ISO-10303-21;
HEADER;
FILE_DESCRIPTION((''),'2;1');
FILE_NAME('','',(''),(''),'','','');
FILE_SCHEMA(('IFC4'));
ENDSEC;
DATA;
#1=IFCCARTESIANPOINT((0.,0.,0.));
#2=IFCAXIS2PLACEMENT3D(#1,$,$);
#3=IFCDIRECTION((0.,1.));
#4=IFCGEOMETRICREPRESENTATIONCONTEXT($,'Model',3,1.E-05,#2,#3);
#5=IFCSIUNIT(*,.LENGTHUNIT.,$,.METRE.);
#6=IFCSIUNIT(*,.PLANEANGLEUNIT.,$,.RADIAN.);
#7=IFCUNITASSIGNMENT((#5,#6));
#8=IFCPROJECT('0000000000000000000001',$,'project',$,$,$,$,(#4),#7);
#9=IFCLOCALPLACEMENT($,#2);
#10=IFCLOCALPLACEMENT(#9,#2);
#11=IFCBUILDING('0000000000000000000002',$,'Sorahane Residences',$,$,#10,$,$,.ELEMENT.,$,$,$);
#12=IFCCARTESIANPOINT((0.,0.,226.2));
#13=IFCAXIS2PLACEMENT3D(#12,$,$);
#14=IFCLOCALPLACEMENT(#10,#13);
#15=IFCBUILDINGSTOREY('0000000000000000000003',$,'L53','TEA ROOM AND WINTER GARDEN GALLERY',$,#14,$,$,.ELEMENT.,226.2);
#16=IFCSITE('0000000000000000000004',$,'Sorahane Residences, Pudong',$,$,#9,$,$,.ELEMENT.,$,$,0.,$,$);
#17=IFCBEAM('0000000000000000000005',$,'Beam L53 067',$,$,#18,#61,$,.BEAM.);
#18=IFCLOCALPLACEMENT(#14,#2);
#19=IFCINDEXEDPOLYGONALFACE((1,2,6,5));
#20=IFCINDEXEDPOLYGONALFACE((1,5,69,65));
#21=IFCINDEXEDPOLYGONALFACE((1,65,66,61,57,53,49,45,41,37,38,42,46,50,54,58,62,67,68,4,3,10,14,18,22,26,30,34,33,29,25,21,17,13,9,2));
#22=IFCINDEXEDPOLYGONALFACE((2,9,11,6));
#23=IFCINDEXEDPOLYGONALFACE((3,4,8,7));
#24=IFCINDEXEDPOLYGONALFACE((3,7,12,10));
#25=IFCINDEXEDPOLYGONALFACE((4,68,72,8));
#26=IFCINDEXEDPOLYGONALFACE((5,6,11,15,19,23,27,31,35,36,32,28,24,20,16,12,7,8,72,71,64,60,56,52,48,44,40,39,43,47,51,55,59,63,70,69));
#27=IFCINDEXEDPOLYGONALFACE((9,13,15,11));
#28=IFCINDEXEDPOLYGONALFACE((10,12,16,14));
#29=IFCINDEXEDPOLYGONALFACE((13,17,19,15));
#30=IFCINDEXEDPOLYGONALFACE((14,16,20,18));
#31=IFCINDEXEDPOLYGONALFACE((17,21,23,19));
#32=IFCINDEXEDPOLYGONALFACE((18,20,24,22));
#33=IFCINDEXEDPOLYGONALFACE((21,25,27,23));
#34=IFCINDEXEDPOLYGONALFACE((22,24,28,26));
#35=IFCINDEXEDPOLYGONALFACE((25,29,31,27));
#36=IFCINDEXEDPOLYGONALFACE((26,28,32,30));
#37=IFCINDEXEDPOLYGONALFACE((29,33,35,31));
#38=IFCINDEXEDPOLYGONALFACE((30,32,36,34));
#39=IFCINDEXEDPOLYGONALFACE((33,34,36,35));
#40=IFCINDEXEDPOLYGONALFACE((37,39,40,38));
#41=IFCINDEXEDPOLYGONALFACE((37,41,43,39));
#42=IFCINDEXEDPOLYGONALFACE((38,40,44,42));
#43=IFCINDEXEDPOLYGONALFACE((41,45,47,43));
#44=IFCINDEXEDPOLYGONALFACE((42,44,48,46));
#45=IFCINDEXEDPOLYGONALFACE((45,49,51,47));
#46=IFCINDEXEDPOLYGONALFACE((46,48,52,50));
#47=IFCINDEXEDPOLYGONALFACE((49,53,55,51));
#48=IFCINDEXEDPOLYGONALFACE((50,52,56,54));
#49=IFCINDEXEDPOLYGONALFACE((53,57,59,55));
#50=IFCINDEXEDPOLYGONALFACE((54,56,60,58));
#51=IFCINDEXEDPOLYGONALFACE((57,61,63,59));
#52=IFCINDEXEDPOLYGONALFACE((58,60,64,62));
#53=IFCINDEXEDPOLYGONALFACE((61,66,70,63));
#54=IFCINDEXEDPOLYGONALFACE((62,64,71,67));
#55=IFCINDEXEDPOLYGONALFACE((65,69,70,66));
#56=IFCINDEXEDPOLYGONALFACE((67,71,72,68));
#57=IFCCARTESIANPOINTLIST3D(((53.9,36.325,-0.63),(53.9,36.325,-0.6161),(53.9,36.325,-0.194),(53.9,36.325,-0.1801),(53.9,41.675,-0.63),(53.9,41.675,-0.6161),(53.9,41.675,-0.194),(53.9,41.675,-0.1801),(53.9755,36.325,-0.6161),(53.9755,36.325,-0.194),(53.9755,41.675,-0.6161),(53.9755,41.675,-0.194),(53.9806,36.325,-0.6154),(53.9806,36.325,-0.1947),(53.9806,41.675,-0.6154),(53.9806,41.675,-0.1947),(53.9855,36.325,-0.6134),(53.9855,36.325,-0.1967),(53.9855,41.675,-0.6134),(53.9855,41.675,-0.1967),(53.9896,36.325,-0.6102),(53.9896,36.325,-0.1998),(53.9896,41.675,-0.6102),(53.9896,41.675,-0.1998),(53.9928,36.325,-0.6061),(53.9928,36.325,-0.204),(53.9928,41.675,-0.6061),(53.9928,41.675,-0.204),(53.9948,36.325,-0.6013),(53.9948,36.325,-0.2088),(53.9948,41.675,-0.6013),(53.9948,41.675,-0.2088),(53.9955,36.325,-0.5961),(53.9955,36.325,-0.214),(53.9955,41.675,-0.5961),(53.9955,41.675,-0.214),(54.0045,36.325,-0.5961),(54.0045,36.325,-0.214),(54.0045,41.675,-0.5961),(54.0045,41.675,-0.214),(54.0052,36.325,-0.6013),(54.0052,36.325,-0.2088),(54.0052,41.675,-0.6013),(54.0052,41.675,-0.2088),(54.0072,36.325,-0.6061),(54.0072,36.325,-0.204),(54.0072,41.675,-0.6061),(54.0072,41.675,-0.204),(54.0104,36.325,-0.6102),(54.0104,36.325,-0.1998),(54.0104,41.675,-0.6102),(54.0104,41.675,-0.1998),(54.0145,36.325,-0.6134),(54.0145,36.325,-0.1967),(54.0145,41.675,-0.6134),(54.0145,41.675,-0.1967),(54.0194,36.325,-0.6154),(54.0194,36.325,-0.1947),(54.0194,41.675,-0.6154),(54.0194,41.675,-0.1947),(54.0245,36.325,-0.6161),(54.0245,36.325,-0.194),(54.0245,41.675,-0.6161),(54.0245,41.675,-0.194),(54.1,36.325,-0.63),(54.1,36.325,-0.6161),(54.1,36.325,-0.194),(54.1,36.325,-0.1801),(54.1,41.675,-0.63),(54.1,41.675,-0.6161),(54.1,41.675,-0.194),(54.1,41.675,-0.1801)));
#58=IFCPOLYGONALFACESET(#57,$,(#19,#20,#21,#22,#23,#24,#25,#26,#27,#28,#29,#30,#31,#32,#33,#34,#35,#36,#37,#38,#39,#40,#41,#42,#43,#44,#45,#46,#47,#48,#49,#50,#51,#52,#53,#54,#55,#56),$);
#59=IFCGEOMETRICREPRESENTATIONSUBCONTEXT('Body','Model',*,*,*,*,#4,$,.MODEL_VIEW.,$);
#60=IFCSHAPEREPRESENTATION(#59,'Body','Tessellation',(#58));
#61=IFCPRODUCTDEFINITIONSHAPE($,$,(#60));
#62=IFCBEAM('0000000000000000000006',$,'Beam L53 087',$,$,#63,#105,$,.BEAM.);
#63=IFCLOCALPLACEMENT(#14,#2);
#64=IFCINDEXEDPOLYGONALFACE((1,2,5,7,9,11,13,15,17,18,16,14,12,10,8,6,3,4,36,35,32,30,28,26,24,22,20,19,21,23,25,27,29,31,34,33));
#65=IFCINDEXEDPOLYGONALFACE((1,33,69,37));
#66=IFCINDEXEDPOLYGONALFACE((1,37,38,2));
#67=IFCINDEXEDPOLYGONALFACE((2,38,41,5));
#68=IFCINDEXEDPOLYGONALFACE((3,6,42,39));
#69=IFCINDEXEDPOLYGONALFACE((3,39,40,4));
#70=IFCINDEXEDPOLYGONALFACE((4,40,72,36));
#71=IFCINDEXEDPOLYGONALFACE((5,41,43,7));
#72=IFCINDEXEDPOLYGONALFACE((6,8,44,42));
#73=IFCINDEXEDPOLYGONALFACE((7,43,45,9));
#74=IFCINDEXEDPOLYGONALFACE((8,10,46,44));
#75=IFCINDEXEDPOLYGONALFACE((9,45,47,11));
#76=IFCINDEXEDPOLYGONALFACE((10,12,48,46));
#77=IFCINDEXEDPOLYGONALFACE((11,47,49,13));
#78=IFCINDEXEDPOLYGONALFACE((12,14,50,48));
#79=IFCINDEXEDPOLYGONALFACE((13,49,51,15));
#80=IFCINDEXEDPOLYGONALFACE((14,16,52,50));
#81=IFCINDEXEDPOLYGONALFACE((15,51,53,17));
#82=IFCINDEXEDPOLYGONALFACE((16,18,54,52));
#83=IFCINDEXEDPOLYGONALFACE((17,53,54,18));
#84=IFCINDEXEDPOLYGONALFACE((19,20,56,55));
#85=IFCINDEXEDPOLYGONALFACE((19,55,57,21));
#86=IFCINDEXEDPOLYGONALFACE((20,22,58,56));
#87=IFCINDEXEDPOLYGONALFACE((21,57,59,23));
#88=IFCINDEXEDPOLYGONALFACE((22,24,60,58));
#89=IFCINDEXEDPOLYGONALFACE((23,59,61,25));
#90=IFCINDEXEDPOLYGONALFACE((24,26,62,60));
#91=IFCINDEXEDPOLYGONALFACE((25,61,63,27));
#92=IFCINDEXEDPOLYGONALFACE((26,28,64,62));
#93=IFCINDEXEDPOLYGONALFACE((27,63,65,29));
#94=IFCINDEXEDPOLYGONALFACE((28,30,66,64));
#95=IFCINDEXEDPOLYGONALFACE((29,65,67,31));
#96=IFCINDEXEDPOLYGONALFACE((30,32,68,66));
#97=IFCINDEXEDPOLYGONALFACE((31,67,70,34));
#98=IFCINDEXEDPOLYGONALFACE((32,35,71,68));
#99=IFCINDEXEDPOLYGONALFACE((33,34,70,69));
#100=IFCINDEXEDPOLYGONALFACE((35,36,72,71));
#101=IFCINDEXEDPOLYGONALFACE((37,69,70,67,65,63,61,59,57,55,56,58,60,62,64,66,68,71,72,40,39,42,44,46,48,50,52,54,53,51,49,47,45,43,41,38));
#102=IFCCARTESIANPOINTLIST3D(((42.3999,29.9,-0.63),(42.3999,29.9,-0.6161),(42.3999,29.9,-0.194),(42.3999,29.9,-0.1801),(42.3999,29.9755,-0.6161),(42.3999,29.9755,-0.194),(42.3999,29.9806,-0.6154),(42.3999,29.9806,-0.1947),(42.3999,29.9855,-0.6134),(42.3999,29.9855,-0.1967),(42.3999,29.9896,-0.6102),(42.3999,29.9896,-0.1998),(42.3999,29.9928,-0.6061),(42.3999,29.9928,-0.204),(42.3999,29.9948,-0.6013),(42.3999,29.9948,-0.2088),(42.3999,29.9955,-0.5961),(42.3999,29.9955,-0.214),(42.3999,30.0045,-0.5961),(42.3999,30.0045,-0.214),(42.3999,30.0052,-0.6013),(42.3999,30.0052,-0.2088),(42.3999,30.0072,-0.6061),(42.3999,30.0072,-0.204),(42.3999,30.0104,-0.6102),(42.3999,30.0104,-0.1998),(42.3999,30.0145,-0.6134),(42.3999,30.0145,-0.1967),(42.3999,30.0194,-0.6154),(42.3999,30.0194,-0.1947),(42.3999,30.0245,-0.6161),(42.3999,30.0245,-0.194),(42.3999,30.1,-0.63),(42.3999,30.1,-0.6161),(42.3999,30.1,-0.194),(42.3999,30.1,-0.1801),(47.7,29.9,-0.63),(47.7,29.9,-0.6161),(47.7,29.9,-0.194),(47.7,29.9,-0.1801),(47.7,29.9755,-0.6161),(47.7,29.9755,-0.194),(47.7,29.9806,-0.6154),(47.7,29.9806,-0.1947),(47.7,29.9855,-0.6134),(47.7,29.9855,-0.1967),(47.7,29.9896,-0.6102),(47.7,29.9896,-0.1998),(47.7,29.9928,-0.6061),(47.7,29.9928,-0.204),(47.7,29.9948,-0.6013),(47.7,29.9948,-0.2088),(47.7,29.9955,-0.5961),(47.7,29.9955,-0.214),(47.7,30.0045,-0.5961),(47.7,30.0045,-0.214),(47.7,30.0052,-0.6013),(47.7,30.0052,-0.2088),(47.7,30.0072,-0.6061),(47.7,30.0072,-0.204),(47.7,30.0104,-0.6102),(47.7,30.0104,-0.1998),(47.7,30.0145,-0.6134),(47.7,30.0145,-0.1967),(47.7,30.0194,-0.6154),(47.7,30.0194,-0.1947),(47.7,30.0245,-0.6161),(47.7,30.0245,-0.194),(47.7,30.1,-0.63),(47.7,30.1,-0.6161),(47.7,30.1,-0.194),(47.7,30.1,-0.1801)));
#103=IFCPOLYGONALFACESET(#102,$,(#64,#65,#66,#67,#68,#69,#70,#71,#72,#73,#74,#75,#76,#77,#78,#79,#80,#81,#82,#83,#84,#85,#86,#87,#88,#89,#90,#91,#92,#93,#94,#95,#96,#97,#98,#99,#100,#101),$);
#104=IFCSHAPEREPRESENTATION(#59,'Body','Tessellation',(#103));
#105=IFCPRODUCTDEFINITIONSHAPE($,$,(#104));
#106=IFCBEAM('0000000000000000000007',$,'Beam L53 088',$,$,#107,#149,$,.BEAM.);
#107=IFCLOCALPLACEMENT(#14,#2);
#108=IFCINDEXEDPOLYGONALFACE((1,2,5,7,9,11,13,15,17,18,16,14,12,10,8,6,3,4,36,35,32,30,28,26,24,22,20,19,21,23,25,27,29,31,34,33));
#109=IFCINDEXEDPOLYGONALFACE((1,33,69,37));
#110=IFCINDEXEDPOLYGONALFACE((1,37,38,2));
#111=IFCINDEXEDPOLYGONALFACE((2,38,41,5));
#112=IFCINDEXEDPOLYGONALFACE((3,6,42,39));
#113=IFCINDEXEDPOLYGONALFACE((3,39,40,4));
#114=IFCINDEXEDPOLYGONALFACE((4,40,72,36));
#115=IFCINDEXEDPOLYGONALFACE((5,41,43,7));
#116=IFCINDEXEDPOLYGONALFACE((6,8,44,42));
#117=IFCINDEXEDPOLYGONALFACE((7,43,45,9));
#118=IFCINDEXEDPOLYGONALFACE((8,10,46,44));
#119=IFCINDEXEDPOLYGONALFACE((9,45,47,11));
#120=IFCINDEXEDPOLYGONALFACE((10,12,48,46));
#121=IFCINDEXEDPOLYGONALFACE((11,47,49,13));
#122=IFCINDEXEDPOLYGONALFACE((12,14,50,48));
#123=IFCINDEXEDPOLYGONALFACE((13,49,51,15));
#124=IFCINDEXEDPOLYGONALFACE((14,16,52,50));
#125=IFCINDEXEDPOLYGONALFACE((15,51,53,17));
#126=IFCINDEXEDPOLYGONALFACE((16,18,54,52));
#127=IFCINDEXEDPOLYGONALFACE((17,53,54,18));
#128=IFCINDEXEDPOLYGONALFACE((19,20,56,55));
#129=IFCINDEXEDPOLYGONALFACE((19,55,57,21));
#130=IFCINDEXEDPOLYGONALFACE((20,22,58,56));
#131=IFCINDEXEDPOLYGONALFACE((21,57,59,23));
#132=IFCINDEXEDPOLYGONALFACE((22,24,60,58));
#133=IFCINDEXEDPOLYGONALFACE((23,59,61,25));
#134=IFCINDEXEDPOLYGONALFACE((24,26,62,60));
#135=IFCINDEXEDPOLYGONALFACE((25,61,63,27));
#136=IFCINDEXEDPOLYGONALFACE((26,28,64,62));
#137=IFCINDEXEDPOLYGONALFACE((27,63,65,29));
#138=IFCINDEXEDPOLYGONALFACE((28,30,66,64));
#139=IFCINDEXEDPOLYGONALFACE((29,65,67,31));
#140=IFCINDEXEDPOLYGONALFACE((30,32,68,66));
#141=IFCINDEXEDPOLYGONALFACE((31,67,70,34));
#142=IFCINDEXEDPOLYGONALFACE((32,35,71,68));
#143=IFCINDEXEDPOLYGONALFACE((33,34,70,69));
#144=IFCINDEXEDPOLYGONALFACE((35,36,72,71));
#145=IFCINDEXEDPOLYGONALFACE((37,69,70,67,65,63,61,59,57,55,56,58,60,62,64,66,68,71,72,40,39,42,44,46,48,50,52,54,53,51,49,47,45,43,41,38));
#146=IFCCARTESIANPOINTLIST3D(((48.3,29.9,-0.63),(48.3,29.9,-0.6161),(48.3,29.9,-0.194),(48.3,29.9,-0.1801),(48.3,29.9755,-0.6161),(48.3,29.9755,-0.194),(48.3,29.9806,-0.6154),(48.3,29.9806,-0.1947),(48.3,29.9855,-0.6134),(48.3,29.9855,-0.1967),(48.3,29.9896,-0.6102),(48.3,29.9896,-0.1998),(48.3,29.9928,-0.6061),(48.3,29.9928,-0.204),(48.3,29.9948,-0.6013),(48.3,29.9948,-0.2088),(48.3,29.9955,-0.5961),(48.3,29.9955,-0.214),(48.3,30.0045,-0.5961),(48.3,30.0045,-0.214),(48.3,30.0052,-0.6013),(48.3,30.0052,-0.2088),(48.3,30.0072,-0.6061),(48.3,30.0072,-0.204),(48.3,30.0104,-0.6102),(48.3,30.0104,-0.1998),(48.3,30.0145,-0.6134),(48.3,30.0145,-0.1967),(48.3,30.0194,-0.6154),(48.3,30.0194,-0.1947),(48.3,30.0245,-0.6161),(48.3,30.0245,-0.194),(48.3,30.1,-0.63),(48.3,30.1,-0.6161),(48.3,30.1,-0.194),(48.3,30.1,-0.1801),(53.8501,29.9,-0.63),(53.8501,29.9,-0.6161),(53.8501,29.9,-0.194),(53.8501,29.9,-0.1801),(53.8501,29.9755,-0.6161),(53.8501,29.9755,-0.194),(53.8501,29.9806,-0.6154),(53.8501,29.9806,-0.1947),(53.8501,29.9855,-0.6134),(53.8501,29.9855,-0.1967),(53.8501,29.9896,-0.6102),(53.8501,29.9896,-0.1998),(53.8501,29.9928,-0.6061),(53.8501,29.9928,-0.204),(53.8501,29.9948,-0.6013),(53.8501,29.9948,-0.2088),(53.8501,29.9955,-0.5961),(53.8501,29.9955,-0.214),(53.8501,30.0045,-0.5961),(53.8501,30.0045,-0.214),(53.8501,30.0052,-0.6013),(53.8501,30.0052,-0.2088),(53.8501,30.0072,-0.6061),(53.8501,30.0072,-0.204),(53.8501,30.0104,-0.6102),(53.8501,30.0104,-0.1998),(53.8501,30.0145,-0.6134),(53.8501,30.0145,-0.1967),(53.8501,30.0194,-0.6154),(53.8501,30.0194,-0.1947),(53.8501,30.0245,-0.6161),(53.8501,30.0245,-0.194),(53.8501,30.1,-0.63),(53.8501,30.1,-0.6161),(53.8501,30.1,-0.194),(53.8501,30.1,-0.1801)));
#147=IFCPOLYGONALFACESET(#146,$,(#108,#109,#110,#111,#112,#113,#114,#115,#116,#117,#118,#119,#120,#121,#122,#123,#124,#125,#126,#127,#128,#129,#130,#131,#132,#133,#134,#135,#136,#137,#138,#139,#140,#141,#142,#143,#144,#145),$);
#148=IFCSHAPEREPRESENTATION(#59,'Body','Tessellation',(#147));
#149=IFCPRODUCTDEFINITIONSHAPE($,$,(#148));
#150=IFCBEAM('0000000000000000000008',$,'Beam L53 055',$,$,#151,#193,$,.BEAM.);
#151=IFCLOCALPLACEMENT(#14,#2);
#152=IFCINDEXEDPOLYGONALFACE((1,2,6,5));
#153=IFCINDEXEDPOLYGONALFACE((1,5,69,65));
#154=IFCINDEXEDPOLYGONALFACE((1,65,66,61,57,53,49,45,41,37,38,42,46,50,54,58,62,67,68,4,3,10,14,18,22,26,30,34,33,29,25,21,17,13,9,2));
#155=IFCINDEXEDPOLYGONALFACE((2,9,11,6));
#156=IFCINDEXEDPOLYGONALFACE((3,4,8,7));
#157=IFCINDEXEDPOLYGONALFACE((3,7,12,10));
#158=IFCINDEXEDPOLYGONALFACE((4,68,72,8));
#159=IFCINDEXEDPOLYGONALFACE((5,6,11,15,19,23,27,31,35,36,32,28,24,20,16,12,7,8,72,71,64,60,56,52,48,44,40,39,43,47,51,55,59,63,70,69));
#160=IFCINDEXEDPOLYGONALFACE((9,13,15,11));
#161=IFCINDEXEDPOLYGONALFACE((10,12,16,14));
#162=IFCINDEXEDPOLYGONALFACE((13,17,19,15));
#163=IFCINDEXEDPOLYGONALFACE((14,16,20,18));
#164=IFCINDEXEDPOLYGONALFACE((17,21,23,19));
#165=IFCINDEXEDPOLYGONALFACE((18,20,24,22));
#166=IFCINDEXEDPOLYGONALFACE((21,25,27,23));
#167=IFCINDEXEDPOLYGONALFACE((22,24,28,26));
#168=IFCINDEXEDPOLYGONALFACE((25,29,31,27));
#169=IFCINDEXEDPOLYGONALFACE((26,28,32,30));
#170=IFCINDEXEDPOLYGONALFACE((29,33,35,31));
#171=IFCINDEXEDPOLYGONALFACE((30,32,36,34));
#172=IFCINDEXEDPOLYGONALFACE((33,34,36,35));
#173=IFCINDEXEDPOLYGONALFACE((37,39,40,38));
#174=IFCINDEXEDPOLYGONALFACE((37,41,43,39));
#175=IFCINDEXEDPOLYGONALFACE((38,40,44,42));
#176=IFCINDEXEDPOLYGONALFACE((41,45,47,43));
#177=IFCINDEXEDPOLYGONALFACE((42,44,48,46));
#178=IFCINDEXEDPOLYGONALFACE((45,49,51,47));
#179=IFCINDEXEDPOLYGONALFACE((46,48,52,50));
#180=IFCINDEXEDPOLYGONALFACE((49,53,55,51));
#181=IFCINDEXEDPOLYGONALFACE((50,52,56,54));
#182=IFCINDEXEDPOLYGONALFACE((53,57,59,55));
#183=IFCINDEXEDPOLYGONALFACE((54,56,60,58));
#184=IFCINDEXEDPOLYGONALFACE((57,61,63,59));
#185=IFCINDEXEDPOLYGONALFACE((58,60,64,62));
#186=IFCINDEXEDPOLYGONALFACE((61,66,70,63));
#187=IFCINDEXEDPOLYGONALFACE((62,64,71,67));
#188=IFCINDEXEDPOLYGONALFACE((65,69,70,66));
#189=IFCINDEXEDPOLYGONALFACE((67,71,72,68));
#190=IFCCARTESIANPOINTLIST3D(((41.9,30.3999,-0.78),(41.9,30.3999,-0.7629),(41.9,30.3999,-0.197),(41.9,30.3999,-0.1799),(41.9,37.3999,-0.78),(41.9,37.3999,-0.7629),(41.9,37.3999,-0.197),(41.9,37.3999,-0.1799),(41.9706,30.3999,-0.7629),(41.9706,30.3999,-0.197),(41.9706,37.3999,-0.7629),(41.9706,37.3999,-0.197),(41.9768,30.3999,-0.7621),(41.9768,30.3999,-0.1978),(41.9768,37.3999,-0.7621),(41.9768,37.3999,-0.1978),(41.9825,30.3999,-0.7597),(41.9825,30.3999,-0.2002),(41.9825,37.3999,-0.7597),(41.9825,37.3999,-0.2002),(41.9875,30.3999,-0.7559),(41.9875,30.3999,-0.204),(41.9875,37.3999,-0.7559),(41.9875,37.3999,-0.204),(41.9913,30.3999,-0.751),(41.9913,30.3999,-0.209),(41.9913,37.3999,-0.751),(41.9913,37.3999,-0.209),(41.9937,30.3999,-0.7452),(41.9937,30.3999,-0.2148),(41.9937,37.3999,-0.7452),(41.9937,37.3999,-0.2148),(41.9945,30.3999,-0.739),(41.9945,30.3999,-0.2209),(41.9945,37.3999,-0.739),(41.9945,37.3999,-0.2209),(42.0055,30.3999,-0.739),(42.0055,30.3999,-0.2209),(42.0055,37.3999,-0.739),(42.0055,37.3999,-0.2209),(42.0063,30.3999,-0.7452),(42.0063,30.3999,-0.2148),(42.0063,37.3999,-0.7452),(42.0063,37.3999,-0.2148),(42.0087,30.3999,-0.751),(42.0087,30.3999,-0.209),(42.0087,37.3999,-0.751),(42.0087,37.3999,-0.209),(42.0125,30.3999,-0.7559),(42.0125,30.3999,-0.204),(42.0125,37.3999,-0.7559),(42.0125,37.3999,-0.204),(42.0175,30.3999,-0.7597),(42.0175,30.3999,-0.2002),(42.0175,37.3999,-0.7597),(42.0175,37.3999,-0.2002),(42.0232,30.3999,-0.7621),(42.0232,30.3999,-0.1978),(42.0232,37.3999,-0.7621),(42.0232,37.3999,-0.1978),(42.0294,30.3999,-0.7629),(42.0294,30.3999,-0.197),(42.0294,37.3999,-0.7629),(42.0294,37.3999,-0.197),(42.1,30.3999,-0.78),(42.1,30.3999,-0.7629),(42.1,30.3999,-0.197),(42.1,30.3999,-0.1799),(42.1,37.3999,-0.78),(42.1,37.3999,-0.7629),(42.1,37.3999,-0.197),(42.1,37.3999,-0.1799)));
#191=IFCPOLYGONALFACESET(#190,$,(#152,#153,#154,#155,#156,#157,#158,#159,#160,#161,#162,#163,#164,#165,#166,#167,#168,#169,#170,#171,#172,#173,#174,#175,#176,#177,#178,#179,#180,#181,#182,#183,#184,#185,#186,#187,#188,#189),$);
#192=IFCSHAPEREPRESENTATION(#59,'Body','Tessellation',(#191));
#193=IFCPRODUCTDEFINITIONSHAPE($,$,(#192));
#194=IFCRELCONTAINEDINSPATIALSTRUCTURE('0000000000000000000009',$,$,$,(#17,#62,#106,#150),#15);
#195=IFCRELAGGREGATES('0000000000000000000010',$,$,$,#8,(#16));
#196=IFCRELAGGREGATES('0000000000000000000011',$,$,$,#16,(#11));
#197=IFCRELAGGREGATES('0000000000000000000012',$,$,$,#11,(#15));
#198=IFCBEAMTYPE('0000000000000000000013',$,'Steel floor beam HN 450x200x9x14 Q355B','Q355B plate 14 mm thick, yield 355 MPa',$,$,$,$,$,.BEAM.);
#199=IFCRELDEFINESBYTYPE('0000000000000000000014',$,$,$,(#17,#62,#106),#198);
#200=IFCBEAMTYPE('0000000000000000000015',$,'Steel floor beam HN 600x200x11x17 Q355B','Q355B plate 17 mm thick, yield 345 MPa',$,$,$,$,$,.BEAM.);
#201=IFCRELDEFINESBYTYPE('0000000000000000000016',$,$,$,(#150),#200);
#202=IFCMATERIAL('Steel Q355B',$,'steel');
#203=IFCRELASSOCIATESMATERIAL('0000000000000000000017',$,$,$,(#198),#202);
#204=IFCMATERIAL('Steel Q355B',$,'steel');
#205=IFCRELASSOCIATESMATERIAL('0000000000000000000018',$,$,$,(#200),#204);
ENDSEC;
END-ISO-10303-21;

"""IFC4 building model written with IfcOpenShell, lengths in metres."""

from ifc_helpers import new_model, si_unit, direction, frame, origin, origin_2d, place, context, subcontext, project, spatial, i_section, extrude, material, material_profile, profile_set, type_object, element, save


model = new_model("IFC4")

# Units and contexts
model_context = context("Model", 3, precision=1e-05, world=origin(), true_north=direction((0.0, 1.0)))
body_context = subcontext(model_context, "Body", "Model", "MODEL_VIEW")
ifc_project = project(units=[si_unit("LENGTHUNIT", "METRE"), si_unit("PLANEANGLEUNIT", "RADIAN")], contexts=[model_context])

# Site, building, storey
site_placement = place(None, origin())
site = spatial("IfcSite", under=ifc_project, at=site_placement, Name="Sorahane Residences, Pudong", CompositionType="ELEMENT", RefElevation=0.0)
building_placement = place(site_placement, origin())
building = spatial("IfcBuilding", under=site, at=building_placement, Name="Sorahane Residences", CompositionType="ELEMENT")
storey_placement = place(building_placement, frame((0.0, 0.0, 226.2)))
storey = spatial("IfcBuildingStorey", under=building, at=storey_placement, Name="L53", Description="TEA ROOM AND WINTER GARDEN GALLERY", CompositionType="ELEMENT", Elevation=226.2)

# Beams
ifc_material_1 = material(Name="Steel Q355B", Category="steel")
ifc_material_profile_1 = material_profile(ifc_material_1, i_section(OverallWidth=0.2, OverallDepth=0.45, WebThickness=0.009, FlangeThickness=0.0139, FilletRadius=0.02, at=origin_2d()), Name="HN 450x200x9x14")
ifc_profile_set_1 = profile_set([ifc_material_profile_1], Name="Steel Q355B")
beam_type_1 = type_object("IfcBeamType", Name="Steel floor beam HN 450x200x9x14 Q355B", Description="Q355B plate 14 mm thick, yield 355 MPa", PredefinedType="BEAM", material=ifc_profile_set_1)
beam_1_placement = place(storey_placement, frame((54.0, 36.325, -0.405), z_axis=(0.0, 1.0, 0.0), x_axis=(-1.0, 0.0, 0.0)))
element("IfcBeam", 1, at=beam_1_placement, inside=storey, type_object=beam_type_1, Name="Beam L53 067", PredefinedType="BEAM", context=body_context, shape_type="SweptSolid", body=[
    extrude(i_section(OverallWidth=0.2, OverallDepth=0.45, WebThickness=0.009, FlangeThickness=0.0139, FilletRadius=0.02, at=origin_2d()), origin(), (0.0, 0.0, 1.0), 5.3501),
])
beam_2_placement = place(storey_placement, frame((42.3999, 30.0, -0.405), z_axis=(1.0, 0.0, 0.0), x_axis=(0.0, 1.0, 0.0)))
element("IfcBeam", 2, at=beam_2_placement, inside=storey, type_object=beam_type_1, Name="Beam L53 087", PredefinedType="BEAM", context=body_context, shape_type="SweptSolid", body=[
    extrude(i_section(OverallWidth=0.2, OverallDepth=0.45, WebThickness=0.009, FlangeThickness=0.0139, FilletRadius=0.02, at=origin_2d()), origin(), (0.0, 0.0, 1.0), 5.3),
])
beam_3_placement = place(storey_placement, frame((48.3, 30.0, -0.405), z_axis=(1.0, 0.0, 0.0), x_axis=(0.0, 1.0, 0.0)))
element("IfcBeam", 3, at=beam_3_placement, inside=storey, type_object=beam_type_1, Name="Beam L53 088", PredefinedType="BEAM", context=body_context, shape_type="SweptSolid", body=[
    extrude(i_section(OverallWidth=0.2, OverallDepth=0.45, WebThickness=0.009, FlangeThickness=0.0139, FilletRadius=0.02, at=origin_2d()), origin(), (0.0, 0.0, 1.0), 5.55),
])
ifc_material_2 = material(Name="Steel Q355B", Category="steel")
ifc_material_profile_2 = material_profile(ifc_material_2, i_section(OverallWidth=0.2, OverallDepth=0.6001, WebThickness=0.011, FlangeThickness=0.0171, FilletRadius=0.0239, at=origin_2d()), Name="HN 600x200x11x17")
ifc_profile_set_2 = profile_set([ifc_material_profile_2], Name="Steel Q355B")
beam_type_2 = type_object("IfcBeamType", Name="Steel floor beam HN 600x200x11x17 Q355B", Description="Q355B plate 17 mm thick, yield 345 MPa", PredefinedType="BEAM", material=ifc_profile_set_2)
for number, where, z_axis, x_axis, name in (
    (4, (42.0, 30.3999, -0.48), (0.0, 1.0, 0.0), (-1.0, 0.0, 0.0), "Beam L53 055"),
):
    element("IfcBeam", number, at=place(storey_placement, frame(where, z_axis=z_axis, x_axis=x_axis)), inside=storey, type_object=beam_type_2, Name=name, PredefinedType="BEAM", context=body_context, shape_type="SweptSolid", body=[
        extrude(i_section(OverallWidth=0.2, OverallDepth=0.6001, WebThickness=0.011, FlangeThickness=0.0171, FilletRadius=0.0239, at=origin_2d()), origin(), (0.0, 0.0, 1.0), 7.0),
    ])

save(model, "model.ifc")
